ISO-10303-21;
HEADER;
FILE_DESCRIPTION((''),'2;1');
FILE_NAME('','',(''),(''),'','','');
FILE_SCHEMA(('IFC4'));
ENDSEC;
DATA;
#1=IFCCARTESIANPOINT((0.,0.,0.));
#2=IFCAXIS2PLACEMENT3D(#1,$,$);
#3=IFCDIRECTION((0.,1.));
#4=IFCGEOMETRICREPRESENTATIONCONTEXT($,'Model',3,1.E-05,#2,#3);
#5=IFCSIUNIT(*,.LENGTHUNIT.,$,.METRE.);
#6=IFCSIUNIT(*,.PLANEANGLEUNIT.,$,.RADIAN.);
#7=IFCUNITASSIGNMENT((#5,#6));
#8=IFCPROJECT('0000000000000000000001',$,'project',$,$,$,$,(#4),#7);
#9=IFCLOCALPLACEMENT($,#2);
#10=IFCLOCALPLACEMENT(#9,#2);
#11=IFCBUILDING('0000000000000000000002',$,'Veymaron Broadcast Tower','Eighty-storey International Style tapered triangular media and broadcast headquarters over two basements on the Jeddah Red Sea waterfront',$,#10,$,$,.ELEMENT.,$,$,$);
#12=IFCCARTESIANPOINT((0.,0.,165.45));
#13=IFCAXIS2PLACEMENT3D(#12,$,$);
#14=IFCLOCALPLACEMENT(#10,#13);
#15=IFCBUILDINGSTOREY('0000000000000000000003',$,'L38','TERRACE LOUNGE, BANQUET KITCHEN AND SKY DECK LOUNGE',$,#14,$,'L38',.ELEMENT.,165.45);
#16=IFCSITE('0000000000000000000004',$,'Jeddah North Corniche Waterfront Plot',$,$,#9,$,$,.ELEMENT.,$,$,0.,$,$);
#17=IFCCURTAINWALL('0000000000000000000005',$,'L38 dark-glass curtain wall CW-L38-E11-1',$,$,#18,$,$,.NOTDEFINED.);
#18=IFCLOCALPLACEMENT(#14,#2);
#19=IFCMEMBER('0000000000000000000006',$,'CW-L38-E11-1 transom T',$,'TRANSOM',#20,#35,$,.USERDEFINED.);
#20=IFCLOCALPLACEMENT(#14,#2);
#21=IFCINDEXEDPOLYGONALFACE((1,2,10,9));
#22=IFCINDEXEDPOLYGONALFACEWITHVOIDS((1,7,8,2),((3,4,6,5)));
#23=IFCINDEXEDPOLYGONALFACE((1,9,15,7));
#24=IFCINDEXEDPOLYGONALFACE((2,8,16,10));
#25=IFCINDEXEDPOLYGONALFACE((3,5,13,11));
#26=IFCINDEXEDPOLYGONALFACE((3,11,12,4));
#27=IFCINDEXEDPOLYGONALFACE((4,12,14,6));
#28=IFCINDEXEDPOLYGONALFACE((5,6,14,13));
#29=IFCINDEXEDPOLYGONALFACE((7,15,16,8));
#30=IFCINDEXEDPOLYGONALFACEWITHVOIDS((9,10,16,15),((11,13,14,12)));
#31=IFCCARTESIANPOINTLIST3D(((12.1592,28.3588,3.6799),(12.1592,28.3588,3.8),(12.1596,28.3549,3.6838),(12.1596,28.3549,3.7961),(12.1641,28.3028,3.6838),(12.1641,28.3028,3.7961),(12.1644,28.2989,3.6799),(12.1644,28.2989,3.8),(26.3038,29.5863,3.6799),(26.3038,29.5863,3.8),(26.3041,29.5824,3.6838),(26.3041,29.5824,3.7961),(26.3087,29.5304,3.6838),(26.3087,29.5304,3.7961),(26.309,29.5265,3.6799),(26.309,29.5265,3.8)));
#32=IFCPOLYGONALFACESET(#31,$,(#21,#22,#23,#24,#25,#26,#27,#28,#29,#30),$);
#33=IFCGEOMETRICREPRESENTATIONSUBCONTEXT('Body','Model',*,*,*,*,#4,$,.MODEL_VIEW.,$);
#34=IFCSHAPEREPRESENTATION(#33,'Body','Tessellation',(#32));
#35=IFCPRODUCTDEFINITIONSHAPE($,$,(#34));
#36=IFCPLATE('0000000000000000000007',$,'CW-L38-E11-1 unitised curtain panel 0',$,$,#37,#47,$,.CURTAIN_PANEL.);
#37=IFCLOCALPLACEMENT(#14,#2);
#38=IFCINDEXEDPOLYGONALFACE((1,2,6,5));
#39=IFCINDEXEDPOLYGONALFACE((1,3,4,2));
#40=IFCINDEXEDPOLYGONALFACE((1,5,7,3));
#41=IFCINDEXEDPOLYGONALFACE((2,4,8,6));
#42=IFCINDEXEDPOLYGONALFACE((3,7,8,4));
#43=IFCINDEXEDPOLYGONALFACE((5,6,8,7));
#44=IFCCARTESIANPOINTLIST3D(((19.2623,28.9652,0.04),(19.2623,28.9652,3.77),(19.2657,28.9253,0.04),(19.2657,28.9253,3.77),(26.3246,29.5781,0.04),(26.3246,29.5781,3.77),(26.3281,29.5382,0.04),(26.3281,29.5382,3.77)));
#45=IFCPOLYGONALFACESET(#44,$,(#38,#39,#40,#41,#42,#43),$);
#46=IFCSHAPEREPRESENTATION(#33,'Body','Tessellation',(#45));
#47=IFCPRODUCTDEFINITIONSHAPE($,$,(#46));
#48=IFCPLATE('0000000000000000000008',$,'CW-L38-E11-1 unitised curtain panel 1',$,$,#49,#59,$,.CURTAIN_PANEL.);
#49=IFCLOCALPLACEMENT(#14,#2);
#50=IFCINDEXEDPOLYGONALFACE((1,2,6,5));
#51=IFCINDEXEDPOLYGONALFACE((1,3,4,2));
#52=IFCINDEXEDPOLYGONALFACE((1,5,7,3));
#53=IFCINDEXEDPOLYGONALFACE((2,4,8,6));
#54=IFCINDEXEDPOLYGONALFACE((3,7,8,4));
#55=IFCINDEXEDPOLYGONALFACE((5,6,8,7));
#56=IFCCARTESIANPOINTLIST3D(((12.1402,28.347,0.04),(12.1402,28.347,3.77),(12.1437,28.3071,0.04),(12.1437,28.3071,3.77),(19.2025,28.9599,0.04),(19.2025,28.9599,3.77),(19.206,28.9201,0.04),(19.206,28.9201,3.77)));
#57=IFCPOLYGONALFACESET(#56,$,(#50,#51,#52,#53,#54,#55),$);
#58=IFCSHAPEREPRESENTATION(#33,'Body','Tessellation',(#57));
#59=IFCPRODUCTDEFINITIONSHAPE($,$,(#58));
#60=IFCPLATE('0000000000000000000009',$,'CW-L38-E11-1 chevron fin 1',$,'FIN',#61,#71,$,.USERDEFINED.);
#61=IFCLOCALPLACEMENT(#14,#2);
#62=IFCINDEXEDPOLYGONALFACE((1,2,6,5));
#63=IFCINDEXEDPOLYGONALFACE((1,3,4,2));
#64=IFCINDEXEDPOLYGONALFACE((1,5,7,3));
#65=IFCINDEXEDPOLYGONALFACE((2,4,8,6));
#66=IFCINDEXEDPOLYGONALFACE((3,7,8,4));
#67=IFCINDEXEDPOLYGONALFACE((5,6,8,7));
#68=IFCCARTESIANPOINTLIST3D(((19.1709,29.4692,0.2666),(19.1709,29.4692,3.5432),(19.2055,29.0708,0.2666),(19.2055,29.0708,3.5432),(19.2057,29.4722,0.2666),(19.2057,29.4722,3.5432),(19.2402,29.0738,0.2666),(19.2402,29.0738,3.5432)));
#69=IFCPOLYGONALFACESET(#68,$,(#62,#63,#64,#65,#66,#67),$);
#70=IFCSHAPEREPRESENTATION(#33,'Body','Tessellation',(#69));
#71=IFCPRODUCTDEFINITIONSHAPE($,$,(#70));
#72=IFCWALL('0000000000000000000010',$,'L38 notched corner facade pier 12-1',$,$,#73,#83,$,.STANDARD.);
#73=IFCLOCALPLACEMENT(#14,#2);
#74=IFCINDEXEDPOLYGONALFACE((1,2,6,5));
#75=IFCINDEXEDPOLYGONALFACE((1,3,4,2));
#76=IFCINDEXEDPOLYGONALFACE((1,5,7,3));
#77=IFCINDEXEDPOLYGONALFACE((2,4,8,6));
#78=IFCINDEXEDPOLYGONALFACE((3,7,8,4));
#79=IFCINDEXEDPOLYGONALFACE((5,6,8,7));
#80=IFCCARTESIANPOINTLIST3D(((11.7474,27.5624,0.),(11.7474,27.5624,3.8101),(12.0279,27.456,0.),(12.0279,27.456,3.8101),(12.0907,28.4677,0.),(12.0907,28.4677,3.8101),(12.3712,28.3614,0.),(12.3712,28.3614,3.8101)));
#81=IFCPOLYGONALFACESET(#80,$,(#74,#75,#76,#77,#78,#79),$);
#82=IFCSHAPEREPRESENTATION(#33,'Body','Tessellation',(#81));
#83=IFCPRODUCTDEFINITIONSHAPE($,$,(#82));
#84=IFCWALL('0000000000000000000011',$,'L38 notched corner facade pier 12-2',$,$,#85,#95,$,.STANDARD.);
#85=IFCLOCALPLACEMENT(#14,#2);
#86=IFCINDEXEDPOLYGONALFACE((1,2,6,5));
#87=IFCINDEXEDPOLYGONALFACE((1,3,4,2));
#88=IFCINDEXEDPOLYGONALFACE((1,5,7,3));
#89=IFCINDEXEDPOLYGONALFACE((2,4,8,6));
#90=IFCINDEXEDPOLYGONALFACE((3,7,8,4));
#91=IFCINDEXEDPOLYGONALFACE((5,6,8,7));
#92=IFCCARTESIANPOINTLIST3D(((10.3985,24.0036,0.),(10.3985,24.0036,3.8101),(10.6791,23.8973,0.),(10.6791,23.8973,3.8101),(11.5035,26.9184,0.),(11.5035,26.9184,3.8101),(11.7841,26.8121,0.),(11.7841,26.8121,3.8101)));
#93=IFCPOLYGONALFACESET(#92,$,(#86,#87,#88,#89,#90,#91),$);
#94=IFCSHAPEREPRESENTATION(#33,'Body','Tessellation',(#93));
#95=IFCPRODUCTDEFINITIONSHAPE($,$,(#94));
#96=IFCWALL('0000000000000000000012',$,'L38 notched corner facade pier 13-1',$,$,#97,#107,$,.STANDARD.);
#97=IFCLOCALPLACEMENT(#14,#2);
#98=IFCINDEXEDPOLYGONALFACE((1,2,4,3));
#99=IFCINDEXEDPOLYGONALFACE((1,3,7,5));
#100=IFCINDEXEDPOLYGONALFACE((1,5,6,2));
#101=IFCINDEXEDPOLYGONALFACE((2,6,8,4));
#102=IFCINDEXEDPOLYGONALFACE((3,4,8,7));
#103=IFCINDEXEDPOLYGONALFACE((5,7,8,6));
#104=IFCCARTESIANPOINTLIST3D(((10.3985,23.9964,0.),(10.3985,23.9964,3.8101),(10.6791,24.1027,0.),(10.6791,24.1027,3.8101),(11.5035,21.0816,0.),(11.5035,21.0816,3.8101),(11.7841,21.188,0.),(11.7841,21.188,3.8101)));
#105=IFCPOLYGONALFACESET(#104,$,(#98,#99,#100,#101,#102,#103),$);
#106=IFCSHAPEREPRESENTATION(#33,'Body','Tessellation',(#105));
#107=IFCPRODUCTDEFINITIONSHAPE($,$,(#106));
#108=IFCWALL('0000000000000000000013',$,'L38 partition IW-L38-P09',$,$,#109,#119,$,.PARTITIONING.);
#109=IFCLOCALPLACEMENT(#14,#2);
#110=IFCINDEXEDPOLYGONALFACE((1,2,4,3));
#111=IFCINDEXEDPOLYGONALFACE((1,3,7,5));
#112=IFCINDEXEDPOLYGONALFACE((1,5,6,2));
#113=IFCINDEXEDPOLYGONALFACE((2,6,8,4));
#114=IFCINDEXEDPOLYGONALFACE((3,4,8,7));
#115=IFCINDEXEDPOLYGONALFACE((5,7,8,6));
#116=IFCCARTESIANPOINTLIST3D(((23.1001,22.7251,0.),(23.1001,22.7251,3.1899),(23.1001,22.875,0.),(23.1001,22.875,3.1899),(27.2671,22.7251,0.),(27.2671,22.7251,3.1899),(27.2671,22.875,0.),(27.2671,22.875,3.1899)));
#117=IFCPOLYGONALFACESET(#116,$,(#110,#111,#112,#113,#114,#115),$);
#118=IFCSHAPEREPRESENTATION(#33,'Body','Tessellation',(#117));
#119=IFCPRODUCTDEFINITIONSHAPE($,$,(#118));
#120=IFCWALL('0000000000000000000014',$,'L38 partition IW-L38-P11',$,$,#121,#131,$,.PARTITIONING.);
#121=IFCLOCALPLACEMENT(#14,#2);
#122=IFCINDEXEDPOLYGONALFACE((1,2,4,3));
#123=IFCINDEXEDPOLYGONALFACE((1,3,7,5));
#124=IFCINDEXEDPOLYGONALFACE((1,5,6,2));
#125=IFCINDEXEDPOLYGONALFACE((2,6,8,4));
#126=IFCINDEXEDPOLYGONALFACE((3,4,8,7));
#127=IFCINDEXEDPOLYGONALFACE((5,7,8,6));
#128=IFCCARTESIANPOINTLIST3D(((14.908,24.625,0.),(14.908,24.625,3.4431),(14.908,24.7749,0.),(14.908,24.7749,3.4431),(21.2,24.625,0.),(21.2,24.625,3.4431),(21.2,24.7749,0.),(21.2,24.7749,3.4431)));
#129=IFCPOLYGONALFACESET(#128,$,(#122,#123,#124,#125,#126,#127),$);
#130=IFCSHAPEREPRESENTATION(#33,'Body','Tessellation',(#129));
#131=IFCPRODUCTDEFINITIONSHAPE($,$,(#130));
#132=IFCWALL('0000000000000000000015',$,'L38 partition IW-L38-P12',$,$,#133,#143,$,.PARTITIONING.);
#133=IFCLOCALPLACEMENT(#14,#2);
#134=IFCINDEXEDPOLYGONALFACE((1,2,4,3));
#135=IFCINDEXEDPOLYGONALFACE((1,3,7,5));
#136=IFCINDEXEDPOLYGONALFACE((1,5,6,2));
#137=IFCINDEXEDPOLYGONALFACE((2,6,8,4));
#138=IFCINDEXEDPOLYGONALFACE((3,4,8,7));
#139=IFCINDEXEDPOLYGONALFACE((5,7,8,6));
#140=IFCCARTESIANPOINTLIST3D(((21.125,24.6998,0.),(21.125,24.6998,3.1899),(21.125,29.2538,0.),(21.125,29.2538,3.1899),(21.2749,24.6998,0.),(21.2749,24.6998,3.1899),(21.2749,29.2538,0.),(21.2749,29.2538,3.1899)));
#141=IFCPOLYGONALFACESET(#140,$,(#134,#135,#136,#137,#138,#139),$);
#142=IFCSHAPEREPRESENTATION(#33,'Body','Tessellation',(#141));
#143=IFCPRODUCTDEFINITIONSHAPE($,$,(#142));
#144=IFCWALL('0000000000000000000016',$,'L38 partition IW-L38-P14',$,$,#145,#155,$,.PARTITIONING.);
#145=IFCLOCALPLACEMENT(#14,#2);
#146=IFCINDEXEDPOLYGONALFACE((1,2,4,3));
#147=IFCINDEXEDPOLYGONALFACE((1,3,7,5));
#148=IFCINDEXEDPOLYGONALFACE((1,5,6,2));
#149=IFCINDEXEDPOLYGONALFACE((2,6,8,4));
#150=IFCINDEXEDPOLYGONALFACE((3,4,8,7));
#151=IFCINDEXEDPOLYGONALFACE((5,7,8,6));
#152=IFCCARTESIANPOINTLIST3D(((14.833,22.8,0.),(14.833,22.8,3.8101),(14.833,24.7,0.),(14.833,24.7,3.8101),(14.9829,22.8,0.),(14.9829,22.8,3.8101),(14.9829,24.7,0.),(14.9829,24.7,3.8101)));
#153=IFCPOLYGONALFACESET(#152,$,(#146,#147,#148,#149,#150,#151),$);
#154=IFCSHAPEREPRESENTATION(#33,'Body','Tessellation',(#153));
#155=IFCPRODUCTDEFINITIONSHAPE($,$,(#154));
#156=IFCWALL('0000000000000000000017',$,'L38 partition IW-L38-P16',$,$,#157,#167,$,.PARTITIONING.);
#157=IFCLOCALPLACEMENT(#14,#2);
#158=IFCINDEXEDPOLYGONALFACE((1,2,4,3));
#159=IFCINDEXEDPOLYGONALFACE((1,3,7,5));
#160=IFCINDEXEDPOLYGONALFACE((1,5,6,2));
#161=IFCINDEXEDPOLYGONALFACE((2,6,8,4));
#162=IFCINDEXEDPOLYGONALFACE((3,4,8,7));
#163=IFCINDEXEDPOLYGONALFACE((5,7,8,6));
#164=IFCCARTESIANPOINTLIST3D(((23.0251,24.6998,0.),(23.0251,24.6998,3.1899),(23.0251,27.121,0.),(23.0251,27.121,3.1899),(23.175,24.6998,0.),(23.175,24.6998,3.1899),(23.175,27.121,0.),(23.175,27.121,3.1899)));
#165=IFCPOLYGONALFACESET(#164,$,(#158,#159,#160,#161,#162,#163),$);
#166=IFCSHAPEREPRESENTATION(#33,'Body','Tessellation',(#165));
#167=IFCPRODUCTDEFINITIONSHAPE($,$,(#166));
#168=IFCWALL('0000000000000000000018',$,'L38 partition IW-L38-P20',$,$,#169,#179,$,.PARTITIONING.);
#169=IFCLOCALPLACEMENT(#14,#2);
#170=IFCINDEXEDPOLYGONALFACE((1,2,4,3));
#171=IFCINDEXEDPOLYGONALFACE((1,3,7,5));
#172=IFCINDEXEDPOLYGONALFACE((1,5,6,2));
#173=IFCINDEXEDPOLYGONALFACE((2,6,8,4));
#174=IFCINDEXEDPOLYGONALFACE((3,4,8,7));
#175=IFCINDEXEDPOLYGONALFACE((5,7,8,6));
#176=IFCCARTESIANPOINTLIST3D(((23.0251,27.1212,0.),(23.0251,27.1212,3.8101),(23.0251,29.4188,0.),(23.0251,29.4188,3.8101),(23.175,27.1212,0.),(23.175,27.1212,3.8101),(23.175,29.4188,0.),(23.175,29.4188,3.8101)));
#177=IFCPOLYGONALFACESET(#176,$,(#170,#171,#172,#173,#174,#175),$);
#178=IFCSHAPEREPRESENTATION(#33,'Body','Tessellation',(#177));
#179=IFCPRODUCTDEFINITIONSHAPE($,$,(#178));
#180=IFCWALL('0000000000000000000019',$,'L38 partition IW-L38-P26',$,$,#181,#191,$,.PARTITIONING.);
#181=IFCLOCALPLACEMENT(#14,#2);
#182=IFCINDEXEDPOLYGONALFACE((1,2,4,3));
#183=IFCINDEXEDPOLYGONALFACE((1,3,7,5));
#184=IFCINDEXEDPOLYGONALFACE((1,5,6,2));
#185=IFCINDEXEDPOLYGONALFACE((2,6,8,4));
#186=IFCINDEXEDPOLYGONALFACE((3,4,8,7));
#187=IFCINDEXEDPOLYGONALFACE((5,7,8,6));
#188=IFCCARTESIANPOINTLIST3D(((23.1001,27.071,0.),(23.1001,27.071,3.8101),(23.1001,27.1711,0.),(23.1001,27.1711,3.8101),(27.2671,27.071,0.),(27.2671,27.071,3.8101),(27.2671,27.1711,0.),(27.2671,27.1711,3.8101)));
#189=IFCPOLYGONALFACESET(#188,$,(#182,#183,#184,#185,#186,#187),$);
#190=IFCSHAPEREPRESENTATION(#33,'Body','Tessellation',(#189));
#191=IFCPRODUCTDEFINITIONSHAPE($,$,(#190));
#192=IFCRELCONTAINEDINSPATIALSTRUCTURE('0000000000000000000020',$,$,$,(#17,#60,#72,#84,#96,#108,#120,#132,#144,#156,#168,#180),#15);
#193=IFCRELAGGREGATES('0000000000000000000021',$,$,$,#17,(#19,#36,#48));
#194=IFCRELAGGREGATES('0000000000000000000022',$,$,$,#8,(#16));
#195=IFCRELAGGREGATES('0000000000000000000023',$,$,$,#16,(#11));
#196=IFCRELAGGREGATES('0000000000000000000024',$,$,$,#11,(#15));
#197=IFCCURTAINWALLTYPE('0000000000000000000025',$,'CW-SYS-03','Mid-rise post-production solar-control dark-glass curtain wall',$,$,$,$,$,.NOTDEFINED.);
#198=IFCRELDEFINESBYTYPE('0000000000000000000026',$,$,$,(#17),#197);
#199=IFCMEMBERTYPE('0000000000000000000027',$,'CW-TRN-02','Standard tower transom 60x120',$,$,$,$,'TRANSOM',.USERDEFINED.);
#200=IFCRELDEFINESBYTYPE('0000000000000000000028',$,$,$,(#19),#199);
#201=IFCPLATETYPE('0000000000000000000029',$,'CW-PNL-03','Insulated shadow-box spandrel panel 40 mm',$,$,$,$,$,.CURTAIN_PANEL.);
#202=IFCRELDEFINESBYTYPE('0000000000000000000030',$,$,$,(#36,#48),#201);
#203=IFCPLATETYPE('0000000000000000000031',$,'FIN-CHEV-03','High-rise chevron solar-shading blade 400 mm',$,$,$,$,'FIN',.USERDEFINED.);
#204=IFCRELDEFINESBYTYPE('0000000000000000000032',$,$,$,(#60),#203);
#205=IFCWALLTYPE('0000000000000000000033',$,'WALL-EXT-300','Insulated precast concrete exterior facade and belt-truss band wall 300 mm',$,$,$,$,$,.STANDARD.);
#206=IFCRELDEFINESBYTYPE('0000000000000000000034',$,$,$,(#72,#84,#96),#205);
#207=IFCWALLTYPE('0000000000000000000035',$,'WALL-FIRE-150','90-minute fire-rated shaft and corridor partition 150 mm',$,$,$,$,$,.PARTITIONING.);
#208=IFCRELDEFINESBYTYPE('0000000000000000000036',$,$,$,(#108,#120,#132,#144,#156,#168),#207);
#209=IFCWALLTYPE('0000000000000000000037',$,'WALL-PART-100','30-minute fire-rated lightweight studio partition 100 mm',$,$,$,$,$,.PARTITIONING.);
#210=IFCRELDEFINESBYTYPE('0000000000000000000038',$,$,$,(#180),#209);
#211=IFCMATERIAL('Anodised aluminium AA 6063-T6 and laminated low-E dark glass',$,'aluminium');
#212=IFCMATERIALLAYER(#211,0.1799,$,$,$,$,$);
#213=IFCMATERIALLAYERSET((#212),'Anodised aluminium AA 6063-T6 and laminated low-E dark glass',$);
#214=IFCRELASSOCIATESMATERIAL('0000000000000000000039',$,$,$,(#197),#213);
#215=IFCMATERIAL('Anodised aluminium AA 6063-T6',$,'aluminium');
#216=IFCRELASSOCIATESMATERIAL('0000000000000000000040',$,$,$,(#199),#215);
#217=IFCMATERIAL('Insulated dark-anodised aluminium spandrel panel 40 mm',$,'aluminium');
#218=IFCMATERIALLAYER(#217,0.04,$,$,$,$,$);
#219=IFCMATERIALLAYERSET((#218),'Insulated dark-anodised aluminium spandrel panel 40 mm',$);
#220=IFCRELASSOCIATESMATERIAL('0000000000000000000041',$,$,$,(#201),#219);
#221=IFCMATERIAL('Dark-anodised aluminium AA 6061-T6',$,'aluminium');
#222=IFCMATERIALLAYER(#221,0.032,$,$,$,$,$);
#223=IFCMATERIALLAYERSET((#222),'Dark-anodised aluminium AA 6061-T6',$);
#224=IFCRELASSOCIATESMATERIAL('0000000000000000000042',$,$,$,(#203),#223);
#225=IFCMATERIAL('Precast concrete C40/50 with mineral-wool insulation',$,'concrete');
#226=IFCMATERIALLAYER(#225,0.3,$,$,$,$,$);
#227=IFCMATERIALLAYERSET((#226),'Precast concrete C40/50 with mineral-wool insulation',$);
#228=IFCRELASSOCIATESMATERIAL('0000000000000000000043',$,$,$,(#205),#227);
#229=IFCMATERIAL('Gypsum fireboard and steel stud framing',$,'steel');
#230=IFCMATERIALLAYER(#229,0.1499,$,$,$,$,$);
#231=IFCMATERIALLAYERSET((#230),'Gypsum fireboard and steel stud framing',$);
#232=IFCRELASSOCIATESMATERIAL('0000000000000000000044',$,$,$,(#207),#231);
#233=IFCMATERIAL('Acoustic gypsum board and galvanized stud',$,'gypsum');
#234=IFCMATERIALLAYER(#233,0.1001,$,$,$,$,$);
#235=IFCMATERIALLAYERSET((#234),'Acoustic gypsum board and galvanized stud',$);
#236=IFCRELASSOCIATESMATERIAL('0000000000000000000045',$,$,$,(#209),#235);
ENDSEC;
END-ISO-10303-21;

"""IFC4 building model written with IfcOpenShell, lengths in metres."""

from ifc_helpers import new_model, si_unit, direction, frame, frame_2d, origin, origin_2d, place, context, subcontext, project, spatial, rectangle, hollow_rectangle, extrude, material, layer, layer_set, material_profile, profile_set, type_object, element, aggregate, save


model = new_model("IFC4")

# Units and contexts
model_context = context("Model", 3, precision=1e-05, world=origin(), true_north=direction((0.0, 1.0)))
body_context = subcontext(model_context, "Body", "Model", "MODEL_VIEW")
ifc_project = project(units=[si_unit("LENGTHUNIT", "METRE"), si_unit("PLANEANGLEUNIT", "RADIAN")], contexts=[model_context])

# Site, building, storey
site_placement = place(None, origin())
site = spatial("IfcSite", under=ifc_project, at=site_placement, Name="Jeddah North Corniche Waterfront Plot", CompositionType="ELEMENT", RefElevation=0.0)
building_placement = place(site_placement, origin())
building = spatial("IfcBuilding", under=site, at=building_placement, Name="Veymaron Broadcast Tower", Description="Eighty-storey International Style tapered triangular media and broadcast headquarters over two basements on the Jeddah Red Sea waterfront", CompositionType="ELEMENT")
storey_placement = place(building_placement, frame((0.0, 0.0, 165.45)))
storey = spatial("IfcBuildingStorey", under=building, at=storey_placement, Name="L38", Description="TERRACE LOUNGE, BANQUET KITCHEN AND SKY DECK LOUNGE", LongName="L38", CompositionType="ELEMENT", Elevation=165.45)

# Curtain wall, member, plates
ifc_material_1 = material(Name="Anodised aluminium AA 6063-T6 and laminated low-E dark glass", Category="aluminium")
ifc_layer_1 = layer(ifc_material_1, 0.1799)
ifc_layer_set_1 = layer_set([ifc_layer_1], Name="Anodised aluminium AA 6063-T6 and laminated low-E dark glass")
curtain_wall_type = type_object("IfcCurtainWallType", Name="CW-SYS-03", Description="Mid-rise post-production solar-control dark-glass curtain wall", PredefinedType="NOTDEFINED", material=ifc_layer_set_1)
curtain_wall_placement = place(storey_placement, origin())
curtain_wall = element("IfcCurtainWall", 1, at=curtain_wall_placement, inside=storey, type_object=curtain_wall_type, Name="L38 dark-glass curtain wall CW-L38-E11-1", PredefinedType="NOTDEFINED")
ifc_material_2 = material(Name="Anodised aluminium AA 6063-T6", Category="aluminium")
ifc_material_profile_1 = material_profile(ifc_material_2, hollow_rectangle(XDim=0.0601, YDim=0.1201, WallThickness=0.0039, at=origin_2d()), Name="AL120X60X4")
ifc_profile_set_1 = profile_set([ifc_material_profile_1], Name="Anodised aluminium AA 6063-T6")
member_type_1 = type_object("IfcMemberType", Name="CW-TRN-02", Description="Standard tower transom 60x120", ElementType="TRANSOM", PredefinedType="USERDEFINED", material=ifc_profile_set_1)
member_1_placement = place(storey_placement, frame((26.3064, 29.5564, 3.74), z_axis=(-0.996255, -0.08646, 0.0), x_axis=(0.08646, -0.996255, 0.0)))
member_1 = element("IfcMember", 2, at=member_1_placement, type_object=member_type_1, Name="CW-L38-E11-1 transom T", ObjectType="TRANSOM", PredefinedType="USERDEFINED", context=body_context, shape_type="SweptSolid", body=[
    extrude(hollow_rectangle(XDim=0.0601, YDim=0.1201, WallThickness=0.0039, at=origin_2d()), origin(), (0.0, 0.0, 1.0), 14.1978),
])
ifc_material_3 = material(Name="Insulated dark-anodised aluminium spandrel panel 40 mm", Category="aluminium")
ifc_layer_2 = layer(ifc_material_3, 0.04)
ifc_layer_set_2 = layer_set([ifc_layer_2], Name="Insulated dark-anodised aluminium spandrel panel 40 mm")
plate_type_1 = type_object("IfcPlateType", Name="CW-PNL-03", Description="Insulated shadow-box spandrel panel 40 mm", PredefinedType="CURTAIN_PANEL", material=ifc_layer_set_2)
plate_1_placement = place(storey_placement, frame((22.7952, 29.2517, 0.04), z_axis=(0.0, 0.0, 1.0), x_axis=(-0.996255, -0.08646, 0.0)))
plate_1 = element("IfcPlate", 3, at=plate_1_placement, type_object=plate_type_1, Name="CW-L38-E11-1 unitised curtain panel 0", PredefinedType="CURTAIN_PANEL", context=body_context, shape_type="SweptSolid", body=[
    extrude(rectangle(XDim=7.0889, YDim=0.04, at=origin_2d()), origin(), (0.0, 0.0, 1.0), 3.73),
])
plate_2_placement = place(storey_placement, frame((15.6731, 28.6335, 0.04), z_axis=(0.0, 0.0, 1.0), x_axis=(-0.996255, -0.08646, 0.0)))
plate_2 = element("IfcPlate", 4, at=plate_2_placement, type_object=plate_type_1, Name="CW-L38-E11-1 unitised curtain panel 1", PredefinedType="CURTAIN_PANEL", context=body_context, shape_type="SweptSolid", body=[
    extrude(rectangle(XDim=7.0889, YDim=0.04, at=origin_2d()), origin(), (0.0, 0.0, 1.0), 3.73),
])
aggregate(curtain_wall, [member_1, plate_1, plate_2])

# Plate
ifc_material_4 = material(Name="Dark-anodised aluminium AA 6061-T6", Category="aluminium")
ifc_layer_3 = layer(ifc_material_4, 0.032)
ifc_layer_set_3 = layer_set([ifc_layer_3], Name="Dark-anodised aluminium AA 6061-T6")
plate_type_2 = type_object("IfcPlateType", Name="FIN-CHEV-03", Description="High-rise chevron solar-shading blade 400 mm", ElementType="FIN", PredefinedType="USERDEFINED", material=ifc_layer_set_3)
plate_3_placement = place(storey_placement, frame((19.2056, 29.2715, 0.2666), z_axis=(0.0, 0.0, 1.0), x_axis=(-0.08646, 0.996255, 0.0)))
element("IfcPlate", 5, at=plate_3_placement, inside=storey, type_object=plate_type_2, Name="CW-L38-E11-1 chevron fin 1", ObjectType="FIN", PredefinedType="USERDEFINED", context=body_context, shape_type="SweptSolid", body=[
    extrude(rectangle(XDim=0.3999, YDim=0.0349, at=origin_2d()), origin(), (0.0, 0.0, 1.0), 3.2766),
])

# Walls
ifc_material_5 = material(Name="Precast concrete C40/50 with mineral-wool insulation", Category="concrete")
ifc_layer_4 = layer(ifc_material_5, 0.3)
ifc_layer_set_4 = layer_set([ifc_layer_4], Name="Precast concrete C40/50 with mineral-wool insulation")
wall_type_1 = type_object("IfcWallType", Name="WALL-EXT-300", Description="Insulated precast concrete exterior facade and belt-truss band wall 300 mm", PredefinedType="STANDARD", material=ifc_layer_set_4)
wall_1_placement = place(storey_placement, frame((12.231, 28.4146, 0.0), z_axis=(0.0, 0.0, 1.0), x_axis=(-0.354548, -0.935038, 0.0)))
element("IfcWall", 6, at=wall_1_placement, inside=storey, type_object=wall_type_1, Name="L38 notched corner facade pier 12-1", PredefinedType="STANDARD", context=body_context, shape_type="SweptSolid", body=[
    extrude(rectangle(XDim=0.9683, YDim=0.3, at=frame_2d((0.4841, 0.0))), origin(), (0.0, 0.0, 1.0), 3.8101),
])
for number, where, z_axis, x_axis, name in (
    (7, (11.6438, 26.8652, 0.0), (0.0, 0.0, 1.0), (-0.354477, -0.935065, 0.0), "L38 notched corner facade pier 12-2"),
    (8, (10.5388, 24.0496, 0.0), (0.0, 0.0, 1.0), (0.354477, -0.935065, 0.0), "L38 notched corner facade pier 13-1"),
):
    element("IfcWall", number, at=place(storey_placement, frame(where, z_axis=z_axis, x_axis=x_axis)), inside=storey, type_object=wall_type_1, Name=name, PredefinedType="STANDARD", context=body_context, shape_type="SweptSolid", body=[
        extrude(rectangle(XDim=3.1172, YDim=0.3, at=frame_2d((1.5586, 0.0))), origin(), (0.0, 0.0, 1.0), 3.8101),
    ])

# Shared definitions
ifc_material_6 = material(Name="Gypsum fireboard and steel stud framing", Category="steel")
ifc_layer_5 = layer(ifc_material_6, 0.1499)
ifc_layer_set_5 = layer_set([ifc_layer_5], Name="Gypsum fireboard and steel stud framing")
wall_type_2 = type_object("IfcWallType", Name="WALL-FIRE-150", Description="90-minute fire-rated shaft and corridor partition 150 mm", PredefinedType="PARTITIONING", material=ifc_layer_set_5)

# Walls
wall_2_placement = place(storey_placement, frame((23.1001, 22.8, 0.0), z_axis=(0.0, 0.0, 1.0), x_axis=(1.0, 0.0, 0.0)))
element("IfcWall", 9, at=wall_2_placement, inside=storey, type_object=wall_type_2, Name="L38 partition IW-L38-P09", PredefinedType="PARTITIONING", context=body_context, shape_type="SweptSolid", body=[
    extrude(rectangle(XDim=4.167, YDim=0.1499, at=frame_2d((2.0835, 0.0))), origin(), (0.0, 0.0, 1.0), 3.1899),
])
wall_3_placement = place(storey_placement, frame((14.908, 24.7, 0.0), z_axis=(0.0, 0.0, 1.0), x_axis=(1.0, 0.0, 0.0)))
element("IfcWall", 10, at=wall_3_placement, inside=storey, type_object=wall_type_2, Name="L38 partition IW-L38-P11", PredefinedType="PARTITIONING", context=body_context, shape_type="SweptSolid", body=[
    extrude(rectangle(XDim=6.292, YDim=0.1499, at=frame_2d((3.146, 0.0))), origin(), (0.0, 0.0, 1.0), 3.4431),
])
wall_4_placement = place(storey_placement, frame((21.2, 24.7, 0.0), z_axis=(0.0, 0.0, 1.0), x_axis=(0.0, 1.0, 0.0)))
element("IfcWall", 11, at=wall_4_placement, inside=storey, type_object=wall_type_2, Name="L38 partition IW-L38-P12", PredefinedType="PARTITIONING", context=body_context, shape_type="SweptSolid", body=[
    extrude(rectangle(XDim=4.554, YDim=0.1499, at=frame_2d((2.2769, 0.0))), origin(), (0.0, 0.0, 1.0), 3.1899),
])
wall_5_placement = place(storey_placement, frame((14.908, 22.8, 0.0), z_axis=(0.0, 0.0, 1.0), x_axis=(0.0, 1.0, 0.0)))
element("IfcWall", 12, at=wall_5_placement, inside=storey, type_object=wall_type_2, Name="L38 partition IW-L38-P14", PredefinedType="PARTITIONING", context=body_context, shape_type="SweptSolid", body=[
    extrude(rectangle(XDim=1.8999, YDim=0.1499, at=frame_2d((0.95, 0.0))), origin(), (0.0, 0.0, 1.0), 3.8101),
])
wall_6_placement = place(storey_placement, frame((23.1001, 24.7, 0.0), z_axis=(0.0, 0.0, 1.0), x_axis=(0.0, 1.0, 0.0)))
element("IfcWall", 13, at=wall_6_placement, inside=storey, type_object=wall_type_2, Name="L38 partition IW-L38-P16", PredefinedType="PARTITIONING", context=body_context, shape_type="SweptSolid", body=[
    extrude(rectangle(XDim=2.4211, YDim=0.1499, at=frame_2d((1.2104, 0.0))), origin(), (0.0, 0.0, 1.0), 3.1899),
])
wall_7_placement = place(storey_placement, frame((23.1001, 27.1211, 0.0), z_axis=(0.0, 0.0, 1.0), x_axis=(0.0, 1.0, 0.0)))
element("IfcWall", 14, at=wall_7_placement, inside=storey, type_object=wall_type_2, Name="L38 partition IW-L38-P20", PredefinedType="PARTITIONING", context=body_context, shape_type="SweptSolid", body=[
    extrude(rectangle(XDim=2.2976, YDim=0.1499, at=frame_2d((1.1489, 0.0))), origin(), (0.0, 0.0, 1.0), 3.8101),
])
ifc_material_7 = material(Name="Acoustic gypsum board and galvanized stud", Category="gypsum")
ifc_layer_6 = layer(ifc_material_7, 0.1001)
ifc_layer_set_6 = layer_set([ifc_layer_6], Name="Acoustic gypsum board and galvanized stud")
wall_type_3 = type_object("IfcWallType", Name="WALL-PART-100", Description="30-minute fire-rated lightweight studio partition 100 mm", PredefinedType="PARTITIONING", material=ifc_layer_set_6)
wall_8_placement = place(storey_placement, frame((23.1001, 27.1211, 0.0), z_axis=(0.0, 0.0, 1.0), x_axis=(1.0, 0.0, 0.0)))
element("IfcWall", 15, at=wall_8_placement, inside=storey, type_object=wall_type_3, Name="L38 partition IW-L38-P26", PredefinedType="PARTITIONING", context=body_context, shape_type="SweptSolid", body=[
    extrude(rectangle(XDim=4.167, YDim=0.1001, at=frame_2d((2.0835, 0.0))), origin(), (0.0, 0.0, 1.0), 3.8101),
])

save(model, "model.ifc")
